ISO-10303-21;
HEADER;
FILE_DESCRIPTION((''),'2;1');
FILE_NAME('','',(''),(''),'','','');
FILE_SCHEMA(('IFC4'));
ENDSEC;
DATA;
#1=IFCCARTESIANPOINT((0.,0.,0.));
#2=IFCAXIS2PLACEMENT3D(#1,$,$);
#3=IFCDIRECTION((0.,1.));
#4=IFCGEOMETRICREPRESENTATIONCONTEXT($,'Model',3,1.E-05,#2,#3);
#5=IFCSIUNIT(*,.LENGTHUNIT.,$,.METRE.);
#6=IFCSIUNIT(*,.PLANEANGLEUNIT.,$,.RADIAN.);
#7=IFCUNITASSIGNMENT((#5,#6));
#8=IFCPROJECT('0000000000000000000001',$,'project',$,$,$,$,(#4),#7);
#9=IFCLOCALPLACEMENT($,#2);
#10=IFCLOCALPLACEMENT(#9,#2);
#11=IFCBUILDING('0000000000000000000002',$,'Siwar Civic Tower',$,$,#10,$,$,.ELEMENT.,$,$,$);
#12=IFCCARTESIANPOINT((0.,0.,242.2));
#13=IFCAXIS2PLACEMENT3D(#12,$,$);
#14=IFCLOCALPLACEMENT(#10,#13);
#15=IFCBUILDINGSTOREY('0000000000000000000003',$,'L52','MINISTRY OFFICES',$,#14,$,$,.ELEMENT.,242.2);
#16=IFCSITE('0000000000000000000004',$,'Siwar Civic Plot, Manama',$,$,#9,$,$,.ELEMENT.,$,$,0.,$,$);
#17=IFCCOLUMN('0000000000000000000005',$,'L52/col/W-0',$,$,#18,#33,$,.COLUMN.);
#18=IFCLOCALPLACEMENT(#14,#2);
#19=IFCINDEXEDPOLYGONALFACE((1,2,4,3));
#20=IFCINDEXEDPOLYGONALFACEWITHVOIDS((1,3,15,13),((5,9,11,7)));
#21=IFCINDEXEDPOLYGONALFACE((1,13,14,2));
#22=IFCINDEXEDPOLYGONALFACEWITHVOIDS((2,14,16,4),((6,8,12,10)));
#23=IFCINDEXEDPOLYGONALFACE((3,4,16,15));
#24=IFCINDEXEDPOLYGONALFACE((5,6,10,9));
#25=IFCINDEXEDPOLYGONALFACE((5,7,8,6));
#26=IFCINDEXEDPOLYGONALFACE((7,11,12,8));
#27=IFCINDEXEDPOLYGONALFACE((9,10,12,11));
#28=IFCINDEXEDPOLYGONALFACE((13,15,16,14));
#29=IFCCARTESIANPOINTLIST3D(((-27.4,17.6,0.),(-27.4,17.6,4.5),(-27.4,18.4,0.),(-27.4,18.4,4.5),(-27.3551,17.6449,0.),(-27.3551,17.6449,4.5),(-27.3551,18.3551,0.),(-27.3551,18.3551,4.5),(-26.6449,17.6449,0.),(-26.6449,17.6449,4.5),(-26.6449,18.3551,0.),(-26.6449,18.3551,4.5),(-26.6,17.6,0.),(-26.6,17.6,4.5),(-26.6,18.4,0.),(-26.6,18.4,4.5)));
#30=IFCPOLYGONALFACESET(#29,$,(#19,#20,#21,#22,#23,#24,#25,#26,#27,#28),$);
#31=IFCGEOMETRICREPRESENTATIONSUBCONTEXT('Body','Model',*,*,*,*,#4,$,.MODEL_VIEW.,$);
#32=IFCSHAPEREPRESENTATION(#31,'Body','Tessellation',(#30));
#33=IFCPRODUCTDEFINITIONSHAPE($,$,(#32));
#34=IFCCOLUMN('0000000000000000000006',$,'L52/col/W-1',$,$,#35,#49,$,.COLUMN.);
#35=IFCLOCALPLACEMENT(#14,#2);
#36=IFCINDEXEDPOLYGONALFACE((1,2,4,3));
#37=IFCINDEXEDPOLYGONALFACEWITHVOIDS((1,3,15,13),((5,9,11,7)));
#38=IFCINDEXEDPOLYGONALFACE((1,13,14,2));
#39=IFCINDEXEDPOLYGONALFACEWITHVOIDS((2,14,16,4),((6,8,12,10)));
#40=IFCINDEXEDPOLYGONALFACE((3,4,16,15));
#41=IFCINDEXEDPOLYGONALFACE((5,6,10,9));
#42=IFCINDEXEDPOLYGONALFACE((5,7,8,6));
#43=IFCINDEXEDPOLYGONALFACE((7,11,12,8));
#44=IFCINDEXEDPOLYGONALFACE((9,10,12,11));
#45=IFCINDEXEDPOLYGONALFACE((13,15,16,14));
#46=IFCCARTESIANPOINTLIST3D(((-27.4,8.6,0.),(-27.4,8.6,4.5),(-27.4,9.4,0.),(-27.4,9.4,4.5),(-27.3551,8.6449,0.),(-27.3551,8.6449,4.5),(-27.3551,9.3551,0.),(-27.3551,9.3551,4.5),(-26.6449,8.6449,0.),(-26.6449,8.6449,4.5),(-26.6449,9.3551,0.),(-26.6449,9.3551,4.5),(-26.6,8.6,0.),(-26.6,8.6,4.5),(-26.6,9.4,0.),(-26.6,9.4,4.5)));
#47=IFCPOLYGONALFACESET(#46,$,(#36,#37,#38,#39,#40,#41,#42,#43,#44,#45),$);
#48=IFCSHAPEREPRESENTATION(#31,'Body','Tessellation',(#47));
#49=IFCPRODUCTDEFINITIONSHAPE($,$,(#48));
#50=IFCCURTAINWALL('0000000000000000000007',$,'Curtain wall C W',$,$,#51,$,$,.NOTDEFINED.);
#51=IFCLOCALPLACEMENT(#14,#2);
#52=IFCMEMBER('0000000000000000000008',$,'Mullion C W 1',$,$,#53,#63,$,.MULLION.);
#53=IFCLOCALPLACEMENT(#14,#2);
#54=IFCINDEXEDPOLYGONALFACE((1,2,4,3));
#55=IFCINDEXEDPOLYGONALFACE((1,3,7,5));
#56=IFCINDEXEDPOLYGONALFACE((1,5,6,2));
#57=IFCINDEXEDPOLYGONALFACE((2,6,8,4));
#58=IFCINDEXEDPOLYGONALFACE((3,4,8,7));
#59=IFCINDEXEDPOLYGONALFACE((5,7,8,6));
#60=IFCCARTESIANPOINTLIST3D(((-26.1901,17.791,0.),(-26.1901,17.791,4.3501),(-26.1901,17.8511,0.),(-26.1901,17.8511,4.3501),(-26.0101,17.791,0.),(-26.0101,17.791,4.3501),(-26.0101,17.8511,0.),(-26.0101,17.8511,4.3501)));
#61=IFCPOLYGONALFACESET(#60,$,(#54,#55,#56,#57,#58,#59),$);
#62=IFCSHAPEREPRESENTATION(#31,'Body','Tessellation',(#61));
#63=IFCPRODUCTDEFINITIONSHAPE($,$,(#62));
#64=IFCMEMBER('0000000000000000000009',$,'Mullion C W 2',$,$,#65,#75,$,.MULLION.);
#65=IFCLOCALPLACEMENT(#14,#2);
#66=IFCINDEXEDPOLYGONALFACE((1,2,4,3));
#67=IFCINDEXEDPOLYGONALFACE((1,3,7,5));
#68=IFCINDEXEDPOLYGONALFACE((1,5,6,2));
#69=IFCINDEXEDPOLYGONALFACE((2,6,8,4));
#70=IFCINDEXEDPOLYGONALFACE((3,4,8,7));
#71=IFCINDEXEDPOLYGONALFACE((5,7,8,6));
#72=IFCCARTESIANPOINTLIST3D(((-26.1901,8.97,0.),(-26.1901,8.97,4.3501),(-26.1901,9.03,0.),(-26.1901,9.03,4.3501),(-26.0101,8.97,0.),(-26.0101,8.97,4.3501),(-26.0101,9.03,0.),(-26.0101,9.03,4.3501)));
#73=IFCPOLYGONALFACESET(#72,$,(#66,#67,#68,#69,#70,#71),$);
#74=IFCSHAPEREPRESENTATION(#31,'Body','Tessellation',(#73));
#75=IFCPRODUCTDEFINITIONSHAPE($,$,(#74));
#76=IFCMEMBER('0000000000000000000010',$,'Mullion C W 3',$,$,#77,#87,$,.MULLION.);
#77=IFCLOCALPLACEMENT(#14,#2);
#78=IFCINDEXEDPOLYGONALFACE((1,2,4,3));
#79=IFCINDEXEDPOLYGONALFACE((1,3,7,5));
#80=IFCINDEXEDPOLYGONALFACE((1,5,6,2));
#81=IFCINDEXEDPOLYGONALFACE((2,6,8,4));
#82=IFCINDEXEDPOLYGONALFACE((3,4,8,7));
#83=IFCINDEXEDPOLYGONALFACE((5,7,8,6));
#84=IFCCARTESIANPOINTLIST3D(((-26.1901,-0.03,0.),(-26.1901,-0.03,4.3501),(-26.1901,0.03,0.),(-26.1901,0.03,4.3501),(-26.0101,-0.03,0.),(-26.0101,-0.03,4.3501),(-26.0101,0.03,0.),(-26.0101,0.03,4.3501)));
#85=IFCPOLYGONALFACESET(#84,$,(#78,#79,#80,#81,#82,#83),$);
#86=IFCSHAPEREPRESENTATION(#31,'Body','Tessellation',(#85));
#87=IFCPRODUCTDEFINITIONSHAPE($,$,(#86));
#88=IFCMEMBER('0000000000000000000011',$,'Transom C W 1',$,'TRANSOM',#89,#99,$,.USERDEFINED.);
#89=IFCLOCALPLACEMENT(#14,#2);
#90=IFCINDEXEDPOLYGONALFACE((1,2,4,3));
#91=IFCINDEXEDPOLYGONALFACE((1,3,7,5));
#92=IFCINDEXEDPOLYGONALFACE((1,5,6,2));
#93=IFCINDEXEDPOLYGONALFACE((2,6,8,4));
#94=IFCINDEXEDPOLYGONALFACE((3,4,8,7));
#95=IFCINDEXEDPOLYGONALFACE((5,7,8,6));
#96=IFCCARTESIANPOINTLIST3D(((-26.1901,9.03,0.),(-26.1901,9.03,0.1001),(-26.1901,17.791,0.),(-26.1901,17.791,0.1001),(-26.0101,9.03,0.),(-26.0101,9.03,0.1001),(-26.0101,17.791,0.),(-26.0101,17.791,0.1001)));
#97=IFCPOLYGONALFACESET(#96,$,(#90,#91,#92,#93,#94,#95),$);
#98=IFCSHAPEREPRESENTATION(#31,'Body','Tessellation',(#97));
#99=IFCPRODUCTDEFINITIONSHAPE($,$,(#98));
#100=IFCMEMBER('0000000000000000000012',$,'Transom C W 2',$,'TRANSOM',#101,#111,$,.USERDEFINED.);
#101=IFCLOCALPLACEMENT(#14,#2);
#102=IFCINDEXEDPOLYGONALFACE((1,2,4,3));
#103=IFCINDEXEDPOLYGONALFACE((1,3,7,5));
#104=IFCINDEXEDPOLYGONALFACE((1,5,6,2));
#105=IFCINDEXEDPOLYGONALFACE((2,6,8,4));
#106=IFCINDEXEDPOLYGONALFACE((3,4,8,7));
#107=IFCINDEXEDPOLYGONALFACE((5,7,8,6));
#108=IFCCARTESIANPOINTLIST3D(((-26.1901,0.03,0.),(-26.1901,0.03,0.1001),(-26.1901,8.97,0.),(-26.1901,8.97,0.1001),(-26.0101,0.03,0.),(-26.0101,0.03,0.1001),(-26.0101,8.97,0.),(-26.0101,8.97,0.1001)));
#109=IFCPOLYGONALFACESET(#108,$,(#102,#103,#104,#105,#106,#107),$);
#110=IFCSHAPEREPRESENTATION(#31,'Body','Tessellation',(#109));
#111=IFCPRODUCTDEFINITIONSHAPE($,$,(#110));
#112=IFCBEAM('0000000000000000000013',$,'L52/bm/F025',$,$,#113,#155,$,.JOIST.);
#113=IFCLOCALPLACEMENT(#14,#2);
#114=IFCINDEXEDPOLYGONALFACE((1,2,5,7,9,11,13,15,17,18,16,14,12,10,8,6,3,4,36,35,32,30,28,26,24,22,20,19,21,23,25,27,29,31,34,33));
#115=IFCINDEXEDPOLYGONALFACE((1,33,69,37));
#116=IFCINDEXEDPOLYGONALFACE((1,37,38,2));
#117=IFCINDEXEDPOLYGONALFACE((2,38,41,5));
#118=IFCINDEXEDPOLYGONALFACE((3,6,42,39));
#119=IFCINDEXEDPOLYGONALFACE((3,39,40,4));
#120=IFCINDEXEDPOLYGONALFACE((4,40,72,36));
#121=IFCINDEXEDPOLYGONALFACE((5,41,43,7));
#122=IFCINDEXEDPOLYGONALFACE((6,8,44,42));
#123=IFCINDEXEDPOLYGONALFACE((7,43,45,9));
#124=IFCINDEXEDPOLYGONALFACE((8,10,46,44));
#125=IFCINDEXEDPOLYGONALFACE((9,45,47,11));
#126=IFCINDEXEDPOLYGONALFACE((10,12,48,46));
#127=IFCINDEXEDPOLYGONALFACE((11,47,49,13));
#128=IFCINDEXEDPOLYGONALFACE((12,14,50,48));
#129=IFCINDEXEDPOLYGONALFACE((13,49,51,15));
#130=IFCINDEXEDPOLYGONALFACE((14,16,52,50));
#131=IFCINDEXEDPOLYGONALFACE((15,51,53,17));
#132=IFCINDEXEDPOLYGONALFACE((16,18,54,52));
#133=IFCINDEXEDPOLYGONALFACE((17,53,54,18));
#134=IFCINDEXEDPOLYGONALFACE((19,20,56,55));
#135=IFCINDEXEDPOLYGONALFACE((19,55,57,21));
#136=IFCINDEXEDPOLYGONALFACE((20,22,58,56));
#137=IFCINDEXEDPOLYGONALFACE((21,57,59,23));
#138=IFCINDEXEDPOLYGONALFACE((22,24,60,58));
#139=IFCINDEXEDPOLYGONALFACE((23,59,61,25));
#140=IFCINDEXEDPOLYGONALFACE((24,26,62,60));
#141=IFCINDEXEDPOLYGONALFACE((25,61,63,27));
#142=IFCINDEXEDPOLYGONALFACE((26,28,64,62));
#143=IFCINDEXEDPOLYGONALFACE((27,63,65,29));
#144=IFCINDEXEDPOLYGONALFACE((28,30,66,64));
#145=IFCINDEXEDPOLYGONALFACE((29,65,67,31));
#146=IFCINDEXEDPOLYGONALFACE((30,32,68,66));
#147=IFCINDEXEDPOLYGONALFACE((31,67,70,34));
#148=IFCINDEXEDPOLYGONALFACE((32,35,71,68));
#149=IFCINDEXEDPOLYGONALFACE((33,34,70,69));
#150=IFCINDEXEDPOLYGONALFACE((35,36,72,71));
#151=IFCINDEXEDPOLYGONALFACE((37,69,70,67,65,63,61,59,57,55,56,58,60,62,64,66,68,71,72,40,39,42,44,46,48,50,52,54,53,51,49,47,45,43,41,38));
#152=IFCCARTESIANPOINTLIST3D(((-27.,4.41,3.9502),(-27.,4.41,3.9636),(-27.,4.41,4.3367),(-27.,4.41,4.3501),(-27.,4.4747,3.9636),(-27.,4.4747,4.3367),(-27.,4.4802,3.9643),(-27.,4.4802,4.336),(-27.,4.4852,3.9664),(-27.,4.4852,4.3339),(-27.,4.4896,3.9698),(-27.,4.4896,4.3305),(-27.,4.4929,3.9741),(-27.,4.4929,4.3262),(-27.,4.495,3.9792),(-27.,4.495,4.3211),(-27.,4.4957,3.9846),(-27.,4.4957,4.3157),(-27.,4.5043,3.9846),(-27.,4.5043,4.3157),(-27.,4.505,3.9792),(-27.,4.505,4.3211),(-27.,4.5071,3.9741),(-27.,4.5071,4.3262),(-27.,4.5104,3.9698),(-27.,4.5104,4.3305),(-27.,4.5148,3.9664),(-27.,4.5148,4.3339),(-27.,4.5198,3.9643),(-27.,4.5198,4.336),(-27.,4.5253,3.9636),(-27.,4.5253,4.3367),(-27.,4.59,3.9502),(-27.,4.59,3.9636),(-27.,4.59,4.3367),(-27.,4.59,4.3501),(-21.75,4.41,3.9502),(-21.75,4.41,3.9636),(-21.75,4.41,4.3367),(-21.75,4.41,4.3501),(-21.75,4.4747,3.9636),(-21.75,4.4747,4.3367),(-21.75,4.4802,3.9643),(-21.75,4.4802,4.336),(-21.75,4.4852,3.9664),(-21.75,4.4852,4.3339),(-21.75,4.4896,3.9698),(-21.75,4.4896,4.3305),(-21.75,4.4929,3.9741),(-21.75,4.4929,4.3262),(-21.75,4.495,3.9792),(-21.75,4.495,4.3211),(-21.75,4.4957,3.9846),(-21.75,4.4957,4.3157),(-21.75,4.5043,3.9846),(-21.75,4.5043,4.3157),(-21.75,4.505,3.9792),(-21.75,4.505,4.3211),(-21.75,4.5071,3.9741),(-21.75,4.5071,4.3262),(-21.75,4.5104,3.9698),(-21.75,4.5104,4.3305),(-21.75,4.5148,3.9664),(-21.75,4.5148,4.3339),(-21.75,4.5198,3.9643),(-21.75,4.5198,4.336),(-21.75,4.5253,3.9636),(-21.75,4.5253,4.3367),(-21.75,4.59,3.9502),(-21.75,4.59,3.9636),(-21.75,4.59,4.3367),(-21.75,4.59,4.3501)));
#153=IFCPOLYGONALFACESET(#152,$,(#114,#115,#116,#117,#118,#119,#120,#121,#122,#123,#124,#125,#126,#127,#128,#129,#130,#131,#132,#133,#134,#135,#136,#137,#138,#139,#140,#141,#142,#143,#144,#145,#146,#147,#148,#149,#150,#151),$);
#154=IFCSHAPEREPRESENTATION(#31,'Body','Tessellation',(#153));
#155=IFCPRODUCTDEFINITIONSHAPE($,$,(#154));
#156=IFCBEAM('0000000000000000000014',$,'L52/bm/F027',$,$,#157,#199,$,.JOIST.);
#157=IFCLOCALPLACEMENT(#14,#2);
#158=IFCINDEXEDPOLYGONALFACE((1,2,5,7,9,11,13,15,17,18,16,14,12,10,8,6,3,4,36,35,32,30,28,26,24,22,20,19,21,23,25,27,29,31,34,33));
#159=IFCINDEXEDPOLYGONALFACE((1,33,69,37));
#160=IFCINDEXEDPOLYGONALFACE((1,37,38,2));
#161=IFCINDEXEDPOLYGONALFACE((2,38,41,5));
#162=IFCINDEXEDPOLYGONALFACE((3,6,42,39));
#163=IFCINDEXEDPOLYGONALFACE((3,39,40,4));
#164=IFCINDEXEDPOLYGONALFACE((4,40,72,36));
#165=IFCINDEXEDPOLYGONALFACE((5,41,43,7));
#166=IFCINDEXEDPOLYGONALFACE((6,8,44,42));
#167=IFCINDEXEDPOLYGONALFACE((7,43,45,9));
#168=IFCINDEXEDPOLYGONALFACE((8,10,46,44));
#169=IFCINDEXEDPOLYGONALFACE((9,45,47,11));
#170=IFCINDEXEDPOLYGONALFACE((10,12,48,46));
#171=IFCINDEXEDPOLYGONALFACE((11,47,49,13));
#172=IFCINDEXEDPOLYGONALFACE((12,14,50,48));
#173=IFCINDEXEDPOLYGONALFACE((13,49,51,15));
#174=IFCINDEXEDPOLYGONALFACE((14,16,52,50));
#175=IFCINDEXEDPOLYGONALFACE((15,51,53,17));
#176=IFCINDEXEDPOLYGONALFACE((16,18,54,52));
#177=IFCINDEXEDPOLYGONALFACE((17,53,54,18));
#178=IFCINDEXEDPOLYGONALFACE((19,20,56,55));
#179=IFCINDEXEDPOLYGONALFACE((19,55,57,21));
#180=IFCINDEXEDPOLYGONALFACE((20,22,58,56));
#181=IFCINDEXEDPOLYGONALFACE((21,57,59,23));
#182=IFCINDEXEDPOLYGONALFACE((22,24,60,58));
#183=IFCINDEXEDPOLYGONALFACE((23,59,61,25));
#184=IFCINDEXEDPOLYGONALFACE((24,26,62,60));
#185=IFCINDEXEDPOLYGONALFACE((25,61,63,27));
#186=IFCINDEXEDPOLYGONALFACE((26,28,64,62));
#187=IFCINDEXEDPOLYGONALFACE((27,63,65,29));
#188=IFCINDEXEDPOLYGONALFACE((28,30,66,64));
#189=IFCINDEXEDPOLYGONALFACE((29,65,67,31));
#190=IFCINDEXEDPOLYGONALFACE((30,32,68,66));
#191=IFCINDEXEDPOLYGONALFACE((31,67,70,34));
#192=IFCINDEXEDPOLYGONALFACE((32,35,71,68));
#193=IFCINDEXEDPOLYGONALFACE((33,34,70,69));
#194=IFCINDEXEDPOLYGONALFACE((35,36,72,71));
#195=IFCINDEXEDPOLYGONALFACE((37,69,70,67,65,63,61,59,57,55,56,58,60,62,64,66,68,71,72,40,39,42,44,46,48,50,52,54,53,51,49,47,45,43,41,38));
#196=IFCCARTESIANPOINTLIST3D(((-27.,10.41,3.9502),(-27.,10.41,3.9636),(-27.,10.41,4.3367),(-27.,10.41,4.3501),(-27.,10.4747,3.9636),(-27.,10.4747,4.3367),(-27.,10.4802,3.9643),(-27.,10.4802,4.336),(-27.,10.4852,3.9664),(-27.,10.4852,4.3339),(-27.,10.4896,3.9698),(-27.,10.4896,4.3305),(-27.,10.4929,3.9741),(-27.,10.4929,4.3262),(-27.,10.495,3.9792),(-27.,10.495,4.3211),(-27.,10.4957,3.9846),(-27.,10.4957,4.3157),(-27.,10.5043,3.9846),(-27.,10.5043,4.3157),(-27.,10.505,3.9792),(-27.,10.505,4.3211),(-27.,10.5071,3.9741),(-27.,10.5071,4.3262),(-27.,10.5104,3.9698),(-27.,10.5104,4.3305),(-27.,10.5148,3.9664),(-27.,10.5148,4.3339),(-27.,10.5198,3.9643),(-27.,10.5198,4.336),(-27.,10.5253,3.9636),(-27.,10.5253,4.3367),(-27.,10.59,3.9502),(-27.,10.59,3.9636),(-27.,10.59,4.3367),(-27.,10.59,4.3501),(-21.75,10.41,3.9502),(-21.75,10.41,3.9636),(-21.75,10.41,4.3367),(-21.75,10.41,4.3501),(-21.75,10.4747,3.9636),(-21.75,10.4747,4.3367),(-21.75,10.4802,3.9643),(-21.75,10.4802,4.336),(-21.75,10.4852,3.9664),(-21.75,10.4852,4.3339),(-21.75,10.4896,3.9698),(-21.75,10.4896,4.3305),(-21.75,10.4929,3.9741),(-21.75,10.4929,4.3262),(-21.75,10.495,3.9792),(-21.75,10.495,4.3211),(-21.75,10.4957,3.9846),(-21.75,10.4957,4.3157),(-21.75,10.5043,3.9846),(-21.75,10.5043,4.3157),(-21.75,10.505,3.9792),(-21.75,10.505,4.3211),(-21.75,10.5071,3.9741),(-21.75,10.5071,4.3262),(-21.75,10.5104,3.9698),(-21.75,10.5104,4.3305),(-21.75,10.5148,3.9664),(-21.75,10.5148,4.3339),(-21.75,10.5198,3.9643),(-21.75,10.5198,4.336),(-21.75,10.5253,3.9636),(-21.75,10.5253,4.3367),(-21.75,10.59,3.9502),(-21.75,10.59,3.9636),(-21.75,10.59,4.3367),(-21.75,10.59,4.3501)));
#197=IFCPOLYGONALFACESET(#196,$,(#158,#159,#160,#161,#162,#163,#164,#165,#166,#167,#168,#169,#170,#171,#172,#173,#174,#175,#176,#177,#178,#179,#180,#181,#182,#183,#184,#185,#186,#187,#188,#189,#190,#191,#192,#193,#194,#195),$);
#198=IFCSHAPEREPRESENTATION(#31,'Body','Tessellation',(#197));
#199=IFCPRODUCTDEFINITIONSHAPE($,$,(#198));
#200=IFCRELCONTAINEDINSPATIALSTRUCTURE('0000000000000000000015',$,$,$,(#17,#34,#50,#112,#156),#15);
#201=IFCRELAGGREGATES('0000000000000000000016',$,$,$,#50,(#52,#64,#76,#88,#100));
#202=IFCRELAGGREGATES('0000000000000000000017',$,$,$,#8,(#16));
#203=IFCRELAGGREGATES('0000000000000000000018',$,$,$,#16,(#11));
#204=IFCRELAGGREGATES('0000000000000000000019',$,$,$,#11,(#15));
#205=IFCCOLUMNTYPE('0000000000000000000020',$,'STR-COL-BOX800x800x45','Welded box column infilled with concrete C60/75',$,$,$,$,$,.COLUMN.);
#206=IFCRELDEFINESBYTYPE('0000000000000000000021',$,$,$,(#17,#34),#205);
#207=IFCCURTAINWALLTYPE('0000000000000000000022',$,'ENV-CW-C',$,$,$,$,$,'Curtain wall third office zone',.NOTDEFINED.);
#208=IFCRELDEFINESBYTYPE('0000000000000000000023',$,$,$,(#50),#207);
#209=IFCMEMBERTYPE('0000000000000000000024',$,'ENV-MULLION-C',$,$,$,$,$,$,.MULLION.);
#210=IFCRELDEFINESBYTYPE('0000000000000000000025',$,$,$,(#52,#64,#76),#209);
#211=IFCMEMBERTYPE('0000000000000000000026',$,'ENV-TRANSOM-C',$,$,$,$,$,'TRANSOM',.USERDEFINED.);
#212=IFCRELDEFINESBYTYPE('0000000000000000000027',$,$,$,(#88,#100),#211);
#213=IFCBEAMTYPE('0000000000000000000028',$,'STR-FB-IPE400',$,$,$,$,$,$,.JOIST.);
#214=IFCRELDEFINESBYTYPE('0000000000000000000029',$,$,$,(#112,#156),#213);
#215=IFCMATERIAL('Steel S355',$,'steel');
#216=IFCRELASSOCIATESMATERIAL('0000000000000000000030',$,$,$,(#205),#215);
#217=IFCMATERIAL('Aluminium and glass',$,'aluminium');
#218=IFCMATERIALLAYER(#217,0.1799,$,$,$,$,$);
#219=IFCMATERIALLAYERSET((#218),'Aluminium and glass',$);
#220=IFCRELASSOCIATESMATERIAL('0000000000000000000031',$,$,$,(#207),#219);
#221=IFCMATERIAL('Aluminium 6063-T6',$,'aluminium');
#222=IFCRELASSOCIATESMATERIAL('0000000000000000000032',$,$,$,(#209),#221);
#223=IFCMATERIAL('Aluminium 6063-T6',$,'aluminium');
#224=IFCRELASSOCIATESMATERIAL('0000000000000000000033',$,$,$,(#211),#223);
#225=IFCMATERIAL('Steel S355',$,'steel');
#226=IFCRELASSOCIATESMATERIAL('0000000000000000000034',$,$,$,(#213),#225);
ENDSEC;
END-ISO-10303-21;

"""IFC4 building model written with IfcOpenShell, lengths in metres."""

from ifc_helpers import new_model, si_unit, direction, frame, origin, origin_2d, place, context, subcontext, project, spatial, rectangle, hollow_rectangle, i_section, extrude, material, layer, layer_set, material_profile, profile_set, type_object, element, aggregate, save


model = new_model("IFC4")

# Units and contexts
model_context = context("Model", 3, precision=1e-05, world=origin(), true_north=direction((0.0, 1.0)))
body_context = subcontext(model_context, "Body", "Model", "MODEL_VIEW")
ifc_project = project(units=[si_unit("LENGTHUNIT", "METRE"), si_unit("PLANEANGLEUNIT", "RADIAN")], contexts=[model_context])

# Site, building, storey
site_placement = place(None, origin())
site = spatial("IfcSite", under=ifc_project, at=site_placement, Name="Siwar Civic Plot, Manama", CompositionType="ELEMENT", RefElevation=0.0)
building_placement = place(site_placement, origin())
building = spatial("IfcBuilding", under=site, at=building_placement, Name="Siwar Civic Tower", CompositionType="ELEMENT")
storey_placement = place(building_placement, frame((0.0, 0.0, 242.2)))
storey = spatial("IfcBuildingStorey", under=building, at=storey_placement, Name="L52", Description="MINISTRY OFFICES", CompositionType="ELEMENT", Elevation=242.2)

# Columns
ifc_material_1 = material(Name="Steel S355", Category="steel")
ifc_material_profile_1 = material_profile(ifc_material_1, hollow_rectangle(XDim=0.8, YDim=0.8, WallThickness=0.0449, at=origin_2d()), Name="BOX800x800x45")
ifc_profile_set_1 = profile_set([ifc_material_profile_1], Name="Steel S355")
column_type = type_object("IfcColumnType", Name="STR-COL-BOX800x800x45", Description="Welded box column infilled with concrete C60/75", PredefinedType="COLUMN", material=ifc_profile_set_1)
for number, where, z_axis, x_axis, name in (
    (1, (-27.0, 18.0, 0.0), (0.0, 0.0, 1.0), (1.0, 0.0, 0.0), "L52/col/W-0"),
    (2, (-27.0, 9.0, 0.0), (0.0, 0.0, 1.0), (1.0, 0.0, 0.0), "L52/col/W-1"),
):
    element("IfcColumn", number, at=place(storey_placement, frame(where, z_axis=z_axis, x_axis=x_axis)), inside=storey, type_object=column_type, Name=name, PredefinedType="COLUMN", context=body_context, shape_type="SweptSolid", body=[
        extrude(hollow_rectangle(XDim=0.8, YDim=0.8, WallThickness=0.0449, at=origin_2d()), origin(), (0.0, 0.0, 1.0), 4.5),
    ])

# Curtain wall, members
ifc_material_2 = material(Name="Aluminium and glass", Category="aluminium")
ifc_layer_1 = layer(ifc_material_2, 0.1799)
ifc_layer_set_1 = layer_set([ifc_layer_1], Name="Aluminium and glass")
curtain_wall_type = type_object("IfcCurtainWallType", Name="ENV-CW-C", ElementType="Curtain wall third office zone", PredefinedType="NOTDEFINED", material=ifc_layer_set_1)
curtain_wall_placement = place(storey_placement, origin())
curtain_wall = element("IfcCurtainWall", 3, at=curtain_wall_placement, inside=storey, type_object=curtain_wall_type, Name="Curtain wall C W", PredefinedType="NOTDEFINED")
ifc_material_3 = material(Name="Aluminium 6063-T6", Category="aluminium")
ifc_material_profile_2 = material_profile(ifc_material_3, rectangle(XDim=0.1799, YDim=0.0601, at=origin_2d()), Name="AL 180x60")
ifc_profile_set_2 = profile_set([ifc_material_profile_2], Name="Aluminium 6063-T6")
member_type_1 = type_object("IfcMemberType", Name="ENV-MULLION-C", PredefinedType="MULLION", material=ifc_profile_set_2)
member_1_placement = place(storey_placement, frame((-26.1001, 17.821, 0.0), z_axis=(0.0, 0.0, 1.0), x_axis=(1.0, 0.0, 0.0)))
member_1 = element("IfcMember", 4, at=member_1_placement, type_object=member_type_1, Name="Mullion C W 1", PredefinedType="MULLION", context=body_context, shape_type="SweptSolid", body=[
    extrude(rectangle(XDim=0.1799, YDim=0.0601, at=origin_2d()), origin(), (0.0, 0.0, 1.0), 4.3501),
])
member_2_placement = place(storey_placement, frame((-26.1001, 9.0, 0.0), z_axis=(0.0, 0.0, 1.0), x_axis=(1.0, 0.0, 0.0)))
member_2 = element("IfcMember", 5, at=member_2_placement, type_object=member_type_1, Name="Mullion C W 2", PredefinedType="MULLION", context=body_context, shape_type="SweptSolid", body=[
    extrude(rectangle(XDim=0.1799, YDim=0.0601, at=origin_2d()), origin(), (0.0, 0.0, 1.0), 4.3501),
])
member_3_placement = place(storey_placement, frame((-26.1001, 0.0, 0.0), z_axis=(0.0, 0.0, 1.0), x_axis=(1.0, 0.0, 0.0)))
member_3 = element("IfcMember", 6, at=member_3_placement, type_object=member_type_1, Name="Mullion C W 3", PredefinedType="MULLION", context=body_context, shape_type="SweptSolid", body=[
    extrude(rectangle(XDim=0.1799, YDim=0.0601, at=origin_2d()), origin(), (0.0, 0.0, 1.0), 4.3501),
])
ifc_material_4 = material(Name="Aluminium 6063-T6", Category="aluminium")
ifc_material_profile_3 = material_profile(ifc_material_4, rectangle(XDim=0.1799, YDim=0.1001, at=origin_2d()), Name="AL 180x100")
ifc_profile_set_3 = profile_set([ifc_material_profile_3], Name="Aluminium 6063-T6")
member_type_2 = type_object("IfcMemberType", Name="ENV-TRANSOM-C", ElementType="TRANSOM", PredefinedType="USERDEFINED", material=ifc_profile_set_3)
member_4_placement = place(storey_placement, frame((-26.1001, 17.791, 0.05), z_axis=(0.0, -1.0, 0.0), x_axis=(1.0, 0.0, 0.0)))
member_4 = element("IfcMember", 7, at=member_4_placement, type_object=member_type_2, Name="Transom C W 1", ObjectType="TRANSOM", PredefinedType="USERDEFINED", context=body_context, shape_type="SweptSolid", body=[
    extrude(rectangle(XDim=0.1799, YDim=0.1001, at=origin_2d()), origin(), (0.0, 0.0, 1.0), 8.761),
])
member_5_placement = place(storey_placement, frame((-26.1001, 8.97, 0.05), z_axis=(0.0, -1.0, 0.0), x_axis=(1.0, 0.0, 0.0)))
member_5 = element("IfcMember", 8, at=member_5_placement, type_object=member_type_2, Name="Transom C W 2", ObjectType="TRANSOM", PredefinedType="USERDEFINED", context=body_context, shape_type="SweptSolid", body=[
    extrude(rectangle(XDim=0.1799, YDim=0.1001, at=origin_2d()), origin(), (0.0, 0.0, 1.0), 8.9399),
])

# Beams
ifc_material_5 = material(Name="Steel S355", Category="steel")
ifc_material_profile_4 = material_profile(ifc_material_5, i_section(OverallWidth=0.1799, OverallDepth=0.3999, WebThickness=0.0085, FlangeThickness=0.0134, FilletRadius=0.021, at=origin_2d()), Name="IPE400")
ifc_profile_set_4 = profile_set([ifc_material_profile_4], Name="Steel S355")
beam_type_1 = type_object("IfcBeamType", Name="STR-FB-IPE400", PredefinedType="JOIST", material=ifc_profile_set_4)
for number, where, z_axis, x_axis, name in (
    (9, (-27.0, 4.5, 4.1501), (1.0, 0.0, 0.0), (0.0, 1.0, 0.0), "L52/bm/F025"),
    (10, (-27.0, 10.5, 4.1501), (1.0, 0.0, 0.0), (0.0, 1.0, 0.0), "L52/bm/F027"),
):
    element("IfcBeam", number, at=place(storey_placement, frame(where, z_axis=z_axis, x_axis=x_axis)), inside=storey, type_object=beam_type_1, Name=name, PredefinedType="JOIST", context=body_context, shape_type="SweptSolid", body=[
        extrude(i_section(OverallWidth=0.1799, OverallDepth=0.3999, WebThickness=0.0085, FlangeThickness=0.0134, FilletRadius=0.021, at=origin_2d()), origin(), (0.0, 0.0, 1.0), 5.25),
    ])

aggregate(curtain_wall, [member_1, member_2, member_3, member_4, member_5])

save(model, "model.ifc")
